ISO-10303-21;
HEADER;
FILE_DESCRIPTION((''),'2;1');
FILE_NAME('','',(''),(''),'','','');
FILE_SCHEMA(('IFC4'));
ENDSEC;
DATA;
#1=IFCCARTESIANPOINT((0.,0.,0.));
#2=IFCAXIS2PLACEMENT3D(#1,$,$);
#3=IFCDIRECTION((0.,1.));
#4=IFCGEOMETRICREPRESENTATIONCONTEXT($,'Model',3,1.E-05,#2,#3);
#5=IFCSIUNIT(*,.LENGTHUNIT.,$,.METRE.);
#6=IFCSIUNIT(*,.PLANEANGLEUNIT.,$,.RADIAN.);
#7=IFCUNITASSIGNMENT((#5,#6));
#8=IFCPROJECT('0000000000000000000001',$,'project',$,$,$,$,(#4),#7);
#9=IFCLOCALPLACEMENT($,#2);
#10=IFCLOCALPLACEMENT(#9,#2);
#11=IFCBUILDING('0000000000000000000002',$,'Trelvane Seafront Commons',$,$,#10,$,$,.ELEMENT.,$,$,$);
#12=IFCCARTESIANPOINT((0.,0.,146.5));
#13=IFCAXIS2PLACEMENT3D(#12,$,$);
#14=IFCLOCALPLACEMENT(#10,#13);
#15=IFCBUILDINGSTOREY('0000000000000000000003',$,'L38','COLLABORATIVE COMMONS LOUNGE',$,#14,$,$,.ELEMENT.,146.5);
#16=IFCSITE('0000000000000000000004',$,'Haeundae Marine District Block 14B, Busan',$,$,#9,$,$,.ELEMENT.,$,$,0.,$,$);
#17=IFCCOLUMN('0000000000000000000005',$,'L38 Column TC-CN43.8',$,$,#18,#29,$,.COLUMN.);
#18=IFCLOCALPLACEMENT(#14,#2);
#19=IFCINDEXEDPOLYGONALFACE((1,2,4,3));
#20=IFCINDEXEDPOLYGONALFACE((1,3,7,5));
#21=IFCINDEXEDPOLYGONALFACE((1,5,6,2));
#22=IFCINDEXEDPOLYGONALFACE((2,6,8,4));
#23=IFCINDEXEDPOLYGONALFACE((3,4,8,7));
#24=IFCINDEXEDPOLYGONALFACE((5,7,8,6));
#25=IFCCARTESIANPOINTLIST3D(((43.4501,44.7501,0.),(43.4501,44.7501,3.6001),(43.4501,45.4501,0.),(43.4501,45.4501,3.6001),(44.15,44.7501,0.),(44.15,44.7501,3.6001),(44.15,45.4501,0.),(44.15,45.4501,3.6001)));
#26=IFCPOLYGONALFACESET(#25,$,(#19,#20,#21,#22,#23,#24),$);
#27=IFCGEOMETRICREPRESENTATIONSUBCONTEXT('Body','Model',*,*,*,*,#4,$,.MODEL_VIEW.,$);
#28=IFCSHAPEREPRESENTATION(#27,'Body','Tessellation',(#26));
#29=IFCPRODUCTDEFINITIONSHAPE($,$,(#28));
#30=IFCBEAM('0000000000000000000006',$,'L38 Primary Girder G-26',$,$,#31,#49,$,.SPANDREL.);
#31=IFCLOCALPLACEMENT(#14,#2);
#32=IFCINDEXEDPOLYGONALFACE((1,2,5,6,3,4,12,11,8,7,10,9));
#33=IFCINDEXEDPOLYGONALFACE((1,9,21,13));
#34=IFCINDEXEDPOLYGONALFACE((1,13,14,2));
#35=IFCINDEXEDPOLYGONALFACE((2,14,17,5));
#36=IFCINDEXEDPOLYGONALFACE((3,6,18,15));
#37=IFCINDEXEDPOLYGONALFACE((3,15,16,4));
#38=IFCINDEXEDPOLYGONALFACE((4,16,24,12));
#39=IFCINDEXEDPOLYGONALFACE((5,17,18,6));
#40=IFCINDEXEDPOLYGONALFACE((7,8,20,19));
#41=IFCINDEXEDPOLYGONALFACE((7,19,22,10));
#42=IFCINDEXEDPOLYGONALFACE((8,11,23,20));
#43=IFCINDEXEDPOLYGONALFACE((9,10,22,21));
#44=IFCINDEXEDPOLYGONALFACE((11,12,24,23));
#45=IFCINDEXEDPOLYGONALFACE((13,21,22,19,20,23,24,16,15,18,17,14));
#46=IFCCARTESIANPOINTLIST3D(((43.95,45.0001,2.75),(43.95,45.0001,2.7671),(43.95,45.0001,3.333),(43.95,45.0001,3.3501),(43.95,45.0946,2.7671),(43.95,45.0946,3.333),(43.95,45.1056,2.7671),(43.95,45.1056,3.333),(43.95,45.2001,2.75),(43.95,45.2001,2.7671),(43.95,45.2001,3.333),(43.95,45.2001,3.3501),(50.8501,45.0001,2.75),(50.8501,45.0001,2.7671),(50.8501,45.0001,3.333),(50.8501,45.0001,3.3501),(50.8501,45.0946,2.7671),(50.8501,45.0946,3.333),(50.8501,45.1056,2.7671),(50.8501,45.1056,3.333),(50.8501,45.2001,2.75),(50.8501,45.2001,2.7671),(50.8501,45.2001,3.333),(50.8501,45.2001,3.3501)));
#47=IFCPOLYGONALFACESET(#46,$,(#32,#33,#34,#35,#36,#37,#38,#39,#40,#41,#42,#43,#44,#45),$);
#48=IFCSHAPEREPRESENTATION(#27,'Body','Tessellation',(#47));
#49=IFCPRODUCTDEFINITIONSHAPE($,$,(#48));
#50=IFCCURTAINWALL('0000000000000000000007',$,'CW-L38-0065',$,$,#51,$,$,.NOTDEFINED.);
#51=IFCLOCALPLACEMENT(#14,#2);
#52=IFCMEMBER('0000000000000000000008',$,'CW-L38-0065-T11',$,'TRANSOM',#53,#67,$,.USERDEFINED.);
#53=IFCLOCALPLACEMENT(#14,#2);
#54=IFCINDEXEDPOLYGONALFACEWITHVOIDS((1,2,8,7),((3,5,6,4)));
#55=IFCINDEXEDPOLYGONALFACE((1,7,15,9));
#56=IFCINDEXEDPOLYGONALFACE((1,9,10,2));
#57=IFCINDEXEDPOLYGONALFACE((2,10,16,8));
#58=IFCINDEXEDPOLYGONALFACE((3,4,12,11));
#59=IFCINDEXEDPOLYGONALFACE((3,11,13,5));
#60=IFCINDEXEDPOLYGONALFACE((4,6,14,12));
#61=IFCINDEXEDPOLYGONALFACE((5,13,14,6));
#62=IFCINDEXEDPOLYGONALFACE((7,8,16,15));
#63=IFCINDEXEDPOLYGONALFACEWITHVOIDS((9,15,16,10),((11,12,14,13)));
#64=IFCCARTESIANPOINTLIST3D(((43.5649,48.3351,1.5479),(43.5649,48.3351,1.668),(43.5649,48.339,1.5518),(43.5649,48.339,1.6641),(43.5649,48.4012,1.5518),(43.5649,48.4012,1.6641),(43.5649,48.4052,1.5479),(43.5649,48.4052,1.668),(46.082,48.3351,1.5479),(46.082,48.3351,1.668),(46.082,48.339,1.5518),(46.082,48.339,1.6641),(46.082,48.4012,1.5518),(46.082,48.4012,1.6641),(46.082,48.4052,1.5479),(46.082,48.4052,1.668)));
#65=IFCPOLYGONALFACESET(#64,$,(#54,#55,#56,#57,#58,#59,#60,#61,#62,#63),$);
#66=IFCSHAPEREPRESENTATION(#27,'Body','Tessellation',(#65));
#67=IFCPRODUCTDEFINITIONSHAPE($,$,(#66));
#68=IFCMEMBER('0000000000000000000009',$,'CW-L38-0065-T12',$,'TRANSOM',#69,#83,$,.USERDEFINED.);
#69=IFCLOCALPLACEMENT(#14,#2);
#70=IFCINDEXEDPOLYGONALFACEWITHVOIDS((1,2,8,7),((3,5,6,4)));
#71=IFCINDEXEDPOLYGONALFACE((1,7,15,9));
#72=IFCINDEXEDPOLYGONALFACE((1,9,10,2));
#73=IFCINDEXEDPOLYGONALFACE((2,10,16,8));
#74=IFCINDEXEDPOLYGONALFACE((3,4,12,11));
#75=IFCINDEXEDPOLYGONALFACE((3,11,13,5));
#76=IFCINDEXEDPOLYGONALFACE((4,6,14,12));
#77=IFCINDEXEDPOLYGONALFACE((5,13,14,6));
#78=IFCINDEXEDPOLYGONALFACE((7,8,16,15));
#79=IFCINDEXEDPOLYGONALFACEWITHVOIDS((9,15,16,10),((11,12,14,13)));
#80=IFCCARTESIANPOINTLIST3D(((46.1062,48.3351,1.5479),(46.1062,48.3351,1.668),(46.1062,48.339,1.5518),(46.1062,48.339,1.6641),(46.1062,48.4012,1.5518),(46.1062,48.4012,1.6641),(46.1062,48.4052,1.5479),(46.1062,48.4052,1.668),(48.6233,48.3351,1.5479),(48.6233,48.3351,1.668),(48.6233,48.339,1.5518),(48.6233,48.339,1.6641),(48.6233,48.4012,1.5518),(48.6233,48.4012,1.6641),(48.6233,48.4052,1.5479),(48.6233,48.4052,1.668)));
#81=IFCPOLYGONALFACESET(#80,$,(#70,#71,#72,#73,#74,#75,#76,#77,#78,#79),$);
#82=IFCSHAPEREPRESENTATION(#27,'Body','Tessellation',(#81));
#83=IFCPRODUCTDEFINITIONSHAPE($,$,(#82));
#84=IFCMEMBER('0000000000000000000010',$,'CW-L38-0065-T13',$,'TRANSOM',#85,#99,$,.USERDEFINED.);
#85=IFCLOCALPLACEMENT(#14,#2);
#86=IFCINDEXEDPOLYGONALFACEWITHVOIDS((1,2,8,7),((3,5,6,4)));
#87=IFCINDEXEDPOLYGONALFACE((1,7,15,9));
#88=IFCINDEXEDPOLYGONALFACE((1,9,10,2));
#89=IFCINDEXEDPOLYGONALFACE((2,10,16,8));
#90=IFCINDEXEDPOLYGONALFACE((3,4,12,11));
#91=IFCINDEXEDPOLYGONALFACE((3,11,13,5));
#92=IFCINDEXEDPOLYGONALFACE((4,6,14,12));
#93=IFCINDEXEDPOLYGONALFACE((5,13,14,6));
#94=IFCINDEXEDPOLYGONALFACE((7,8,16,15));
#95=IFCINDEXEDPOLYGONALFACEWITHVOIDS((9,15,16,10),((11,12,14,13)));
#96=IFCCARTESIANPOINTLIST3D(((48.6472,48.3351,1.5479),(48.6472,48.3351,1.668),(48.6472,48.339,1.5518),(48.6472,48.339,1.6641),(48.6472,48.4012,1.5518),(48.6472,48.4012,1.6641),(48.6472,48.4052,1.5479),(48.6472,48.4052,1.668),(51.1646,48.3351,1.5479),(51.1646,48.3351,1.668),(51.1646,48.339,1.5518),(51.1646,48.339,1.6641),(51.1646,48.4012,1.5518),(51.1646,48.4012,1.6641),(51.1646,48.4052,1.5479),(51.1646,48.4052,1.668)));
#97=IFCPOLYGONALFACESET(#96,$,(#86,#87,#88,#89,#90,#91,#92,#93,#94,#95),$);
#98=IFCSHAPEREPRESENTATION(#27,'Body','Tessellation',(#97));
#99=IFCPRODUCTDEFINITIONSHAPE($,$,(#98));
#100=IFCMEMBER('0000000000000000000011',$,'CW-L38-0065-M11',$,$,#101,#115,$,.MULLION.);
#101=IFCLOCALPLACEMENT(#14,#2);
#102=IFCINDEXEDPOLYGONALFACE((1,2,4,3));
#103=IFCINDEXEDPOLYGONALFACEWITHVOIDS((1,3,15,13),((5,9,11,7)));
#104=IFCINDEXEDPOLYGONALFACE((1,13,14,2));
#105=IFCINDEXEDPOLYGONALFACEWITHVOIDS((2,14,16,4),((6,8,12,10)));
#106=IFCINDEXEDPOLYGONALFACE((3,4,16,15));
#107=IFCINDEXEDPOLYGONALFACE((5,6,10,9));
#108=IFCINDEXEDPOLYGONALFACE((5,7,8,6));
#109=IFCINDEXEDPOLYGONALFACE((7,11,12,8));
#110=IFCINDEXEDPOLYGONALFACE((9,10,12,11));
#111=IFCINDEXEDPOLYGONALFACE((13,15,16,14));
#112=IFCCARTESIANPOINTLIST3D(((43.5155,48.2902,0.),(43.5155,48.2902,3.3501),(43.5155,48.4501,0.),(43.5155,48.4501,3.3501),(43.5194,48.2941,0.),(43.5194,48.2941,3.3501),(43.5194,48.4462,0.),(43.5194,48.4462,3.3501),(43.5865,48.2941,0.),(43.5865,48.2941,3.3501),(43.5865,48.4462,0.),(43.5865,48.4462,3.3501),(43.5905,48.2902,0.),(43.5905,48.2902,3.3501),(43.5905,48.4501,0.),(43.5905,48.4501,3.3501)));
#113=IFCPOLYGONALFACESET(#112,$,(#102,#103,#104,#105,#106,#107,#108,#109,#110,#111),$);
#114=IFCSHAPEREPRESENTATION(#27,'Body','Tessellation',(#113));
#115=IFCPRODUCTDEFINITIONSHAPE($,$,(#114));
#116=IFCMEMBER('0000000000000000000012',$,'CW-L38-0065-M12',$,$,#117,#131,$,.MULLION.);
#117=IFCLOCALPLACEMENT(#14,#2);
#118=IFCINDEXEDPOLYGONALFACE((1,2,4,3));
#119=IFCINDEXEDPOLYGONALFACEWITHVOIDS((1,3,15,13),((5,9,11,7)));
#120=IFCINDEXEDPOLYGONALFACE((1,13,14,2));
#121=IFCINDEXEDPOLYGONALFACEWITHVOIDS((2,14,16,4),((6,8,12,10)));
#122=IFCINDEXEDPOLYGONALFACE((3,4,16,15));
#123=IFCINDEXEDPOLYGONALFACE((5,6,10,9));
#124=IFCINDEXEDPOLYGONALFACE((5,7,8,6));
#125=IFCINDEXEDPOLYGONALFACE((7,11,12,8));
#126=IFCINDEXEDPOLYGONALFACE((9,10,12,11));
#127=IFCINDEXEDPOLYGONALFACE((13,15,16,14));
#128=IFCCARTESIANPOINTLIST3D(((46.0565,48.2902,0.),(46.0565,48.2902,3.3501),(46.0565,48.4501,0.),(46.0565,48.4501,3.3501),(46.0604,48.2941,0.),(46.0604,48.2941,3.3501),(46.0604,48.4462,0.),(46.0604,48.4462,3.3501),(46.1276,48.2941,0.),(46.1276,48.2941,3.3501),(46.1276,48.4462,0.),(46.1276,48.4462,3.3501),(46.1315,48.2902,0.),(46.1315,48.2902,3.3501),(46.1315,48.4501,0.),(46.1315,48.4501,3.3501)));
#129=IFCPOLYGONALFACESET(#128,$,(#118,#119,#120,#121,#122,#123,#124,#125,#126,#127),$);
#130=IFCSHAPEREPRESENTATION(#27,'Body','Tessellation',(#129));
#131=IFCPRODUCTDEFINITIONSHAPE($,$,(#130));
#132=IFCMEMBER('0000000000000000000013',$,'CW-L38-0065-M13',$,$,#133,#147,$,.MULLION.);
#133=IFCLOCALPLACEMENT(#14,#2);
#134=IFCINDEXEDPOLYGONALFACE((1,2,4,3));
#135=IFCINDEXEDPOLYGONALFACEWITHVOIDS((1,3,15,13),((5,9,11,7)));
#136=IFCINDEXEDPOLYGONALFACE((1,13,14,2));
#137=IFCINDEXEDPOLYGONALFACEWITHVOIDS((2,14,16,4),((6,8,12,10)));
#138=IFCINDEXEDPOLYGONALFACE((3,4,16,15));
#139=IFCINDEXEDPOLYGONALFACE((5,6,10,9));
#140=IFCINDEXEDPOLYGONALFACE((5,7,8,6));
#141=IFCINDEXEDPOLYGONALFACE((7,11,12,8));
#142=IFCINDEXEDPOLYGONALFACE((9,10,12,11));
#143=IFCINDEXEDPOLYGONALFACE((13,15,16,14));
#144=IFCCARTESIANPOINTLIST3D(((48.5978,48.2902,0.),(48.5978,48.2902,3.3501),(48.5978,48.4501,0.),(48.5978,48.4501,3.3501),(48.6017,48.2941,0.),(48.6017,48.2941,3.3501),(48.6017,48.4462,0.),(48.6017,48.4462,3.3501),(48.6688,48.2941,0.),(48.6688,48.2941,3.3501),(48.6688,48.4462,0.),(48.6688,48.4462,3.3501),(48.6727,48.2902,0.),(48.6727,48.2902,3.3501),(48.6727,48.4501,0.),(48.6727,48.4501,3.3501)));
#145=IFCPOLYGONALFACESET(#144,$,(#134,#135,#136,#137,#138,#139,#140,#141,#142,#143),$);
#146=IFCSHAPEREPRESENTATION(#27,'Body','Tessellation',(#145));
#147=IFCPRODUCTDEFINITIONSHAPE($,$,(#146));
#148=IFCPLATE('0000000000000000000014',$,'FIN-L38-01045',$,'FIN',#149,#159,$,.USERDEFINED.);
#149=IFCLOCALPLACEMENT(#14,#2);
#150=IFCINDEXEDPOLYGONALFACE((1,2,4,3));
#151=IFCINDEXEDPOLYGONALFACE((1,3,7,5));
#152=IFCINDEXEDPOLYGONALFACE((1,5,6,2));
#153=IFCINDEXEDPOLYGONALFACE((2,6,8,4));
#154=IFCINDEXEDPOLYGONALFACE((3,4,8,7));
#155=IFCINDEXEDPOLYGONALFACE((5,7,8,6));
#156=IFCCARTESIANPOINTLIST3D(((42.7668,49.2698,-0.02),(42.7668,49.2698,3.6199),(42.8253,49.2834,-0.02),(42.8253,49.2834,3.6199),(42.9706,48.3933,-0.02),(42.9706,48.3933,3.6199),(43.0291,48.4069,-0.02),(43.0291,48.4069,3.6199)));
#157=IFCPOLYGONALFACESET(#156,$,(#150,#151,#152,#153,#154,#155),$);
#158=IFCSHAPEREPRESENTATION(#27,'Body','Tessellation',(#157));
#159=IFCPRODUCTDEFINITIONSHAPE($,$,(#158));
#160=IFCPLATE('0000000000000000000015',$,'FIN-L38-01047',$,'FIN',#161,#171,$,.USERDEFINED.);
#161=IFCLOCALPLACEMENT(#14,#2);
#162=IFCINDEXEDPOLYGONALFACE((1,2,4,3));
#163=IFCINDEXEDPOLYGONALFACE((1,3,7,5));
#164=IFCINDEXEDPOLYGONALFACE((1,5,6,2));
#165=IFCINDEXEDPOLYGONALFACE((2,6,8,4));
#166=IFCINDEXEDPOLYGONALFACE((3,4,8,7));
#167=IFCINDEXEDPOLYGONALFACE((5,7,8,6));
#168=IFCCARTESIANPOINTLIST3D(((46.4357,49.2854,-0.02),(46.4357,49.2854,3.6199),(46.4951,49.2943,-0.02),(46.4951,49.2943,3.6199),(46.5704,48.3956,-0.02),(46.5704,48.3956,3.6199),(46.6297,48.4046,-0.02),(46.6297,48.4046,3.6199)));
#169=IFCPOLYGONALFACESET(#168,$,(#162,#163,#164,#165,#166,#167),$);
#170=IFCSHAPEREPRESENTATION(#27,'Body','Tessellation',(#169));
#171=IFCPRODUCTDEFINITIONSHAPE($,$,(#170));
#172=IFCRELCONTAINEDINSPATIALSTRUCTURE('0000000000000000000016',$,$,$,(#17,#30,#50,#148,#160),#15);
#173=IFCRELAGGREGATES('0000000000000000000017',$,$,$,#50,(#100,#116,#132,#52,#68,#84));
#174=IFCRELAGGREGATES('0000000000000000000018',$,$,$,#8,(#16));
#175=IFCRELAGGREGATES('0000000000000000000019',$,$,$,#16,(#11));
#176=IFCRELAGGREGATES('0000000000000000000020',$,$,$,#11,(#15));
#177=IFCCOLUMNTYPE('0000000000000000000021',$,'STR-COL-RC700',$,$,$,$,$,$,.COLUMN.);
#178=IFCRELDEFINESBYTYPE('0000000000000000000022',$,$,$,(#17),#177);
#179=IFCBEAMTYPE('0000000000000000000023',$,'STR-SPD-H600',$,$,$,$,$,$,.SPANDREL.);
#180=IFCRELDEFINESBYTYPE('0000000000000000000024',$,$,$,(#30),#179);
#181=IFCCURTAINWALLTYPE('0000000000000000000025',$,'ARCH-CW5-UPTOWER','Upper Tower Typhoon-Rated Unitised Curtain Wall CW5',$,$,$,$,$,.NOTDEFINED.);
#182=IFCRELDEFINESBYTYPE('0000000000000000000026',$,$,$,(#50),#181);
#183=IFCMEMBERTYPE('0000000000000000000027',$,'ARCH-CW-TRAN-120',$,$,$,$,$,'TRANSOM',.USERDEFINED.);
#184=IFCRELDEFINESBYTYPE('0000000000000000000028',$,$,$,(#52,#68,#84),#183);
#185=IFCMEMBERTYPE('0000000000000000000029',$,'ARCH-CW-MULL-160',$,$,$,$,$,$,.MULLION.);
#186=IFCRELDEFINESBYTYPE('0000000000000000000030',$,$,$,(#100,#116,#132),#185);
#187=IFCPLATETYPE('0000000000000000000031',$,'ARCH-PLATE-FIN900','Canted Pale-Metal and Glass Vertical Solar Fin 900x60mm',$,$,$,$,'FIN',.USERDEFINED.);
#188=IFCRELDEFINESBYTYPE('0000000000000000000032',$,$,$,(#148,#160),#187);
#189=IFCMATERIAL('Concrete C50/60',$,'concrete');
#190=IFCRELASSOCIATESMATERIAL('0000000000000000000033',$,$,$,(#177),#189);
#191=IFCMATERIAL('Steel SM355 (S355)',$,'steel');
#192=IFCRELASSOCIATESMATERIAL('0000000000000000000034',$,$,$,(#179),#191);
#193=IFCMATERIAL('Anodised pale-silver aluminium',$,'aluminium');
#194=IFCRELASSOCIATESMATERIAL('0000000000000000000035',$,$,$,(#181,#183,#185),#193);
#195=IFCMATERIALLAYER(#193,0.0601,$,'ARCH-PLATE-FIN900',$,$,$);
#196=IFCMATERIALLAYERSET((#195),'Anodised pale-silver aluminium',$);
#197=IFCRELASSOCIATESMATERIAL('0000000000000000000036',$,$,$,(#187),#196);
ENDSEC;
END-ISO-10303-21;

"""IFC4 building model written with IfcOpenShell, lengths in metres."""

from ifc_helpers import new_model, si_unit, direction, frame, origin, origin_2d, place, context, subcontext, project, spatial, rectangle, hollow_rectangle, i_section, extrude, source, transform, mapped, material, layer, layer_set, material_profile, profile_set, type_object, element, aggregate, save


model = new_model("IFC4")

# Units and contexts
model_context = context("Model", 3, precision=1e-05, world=origin(), true_north=direction((0.0, 1.0)))
body_context = subcontext(model_context, "Body", "Model", "MODEL_VIEW")
ifc_project = project(units=[si_unit("LENGTHUNIT", "METRE"), si_unit("PLANEANGLEUNIT", "RADIAN")], contexts=[model_context])

# Site, building, storey
site_placement = place(None, origin())
site = spatial("IfcSite", under=ifc_project, at=site_placement, Name="Haeundae Marine District Block 14B, Busan", CompositionType="ELEMENT", RefElevation=0.0)
building_placement = place(site_placement, origin())
building = spatial("IfcBuilding", under=site, at=building_placement, Name="Trelvane Seafront Commons", CompositionType="ELEMENT")
storey_placement = place(building_placement, frame((0.0, 0.0, 146.5)))
storey = spatial("IfcBuildingStorey", under=building, at=storey_placement, Name="L38", Description="COLLABORATIVE COMMONS LOUNGE", CompositionType="ELEMENT", Elevation=146.5)

# Column
ifc_material_1 = material(Name="Concrete C50/60", Category="concrete")
ifc_material_profile_1 = material_profile(ifc_material_1, rectangle(XDim=0.7, YDim=0.7, at=origin_2d()), Name="RC-700x700")
ifc_profile_set_1 = profile_set([ifc_material_profile_1], Name="Concrete C50/60")
column_type = type_object("IfcColumnType", Name="STR-COL-RC700", PredefinedType="COLUMN", material=ifc_profile_set_1)
shared_shape_1 = source(origin(), body_context, "Body", "SweptSolid", [
    extrude(rectangle(XDim=0.7, YDim=0.7, at=origin_2d()), origin(), (0.0, 0.0, 1.0), 3.6001),
])
column_placement = place(storey_placement, frame((43.8, 45.1001, 0.0), z_axis=(0.0, 0.0, 1.0), x_axis=(1.0, 0.0, 0.0)))
element("IfcColumn", 1, at=column_placement, inside=storey, type_object=column_type, Name="L38 Column TC-CN43.8", PredefinedType="COLUMN", context=body_context, shape_type="MappedRepresentation", body=[
    mapped(shared_shape_1, transform((0.0, 0.0, 0.0), x_axis=(1.0, 0.0, 0.0), y_axis=(0.0, 1.0, 0.0), z_axis=(0.0, 0.0, 1.0), scale=1.0)),
])

# Beam
ifc_material_2 = material(Name="Steel SM355 (S355)", Category="steel")
ifc_material_profile_2 = material_profile(ifc_material_2, i_section(OverallWidth=0.2, OverallDepth=0.6001, WebThickness=0.011, FlangeThickness=0.0171, at=origin_2d()), Name="H-600x200x11x17")
ifc_profile_set_2 = profile_set([ifc_material_profile_2], Name="Steel SM355 (S355)")
beam_type = type_object("IfcBeamType", Name="STR-SPD-H600", PredefinedType="SPANDREL", material=ifc_profile_set_2)
shared_shape_2 = source(origin(), body_context, "Body", "SweptSolid", [
    extrude(i_section(OverallWidth=0.2, OverallDepth=0.6001, WebThickness=0.011, FlangeThickness=0.0171, at=origin_2d()), origin(), (0.0, 0.0, 1.0), 6.9001),
])
beam_placement = place(storey_placement, frame((43.95, 45.1001, 3.05), z_axis=(1.0, 0.0, 0.0), x_axis=(0.0, 1.0, 0.0)))
element("IfcBeam", 2, at=beam_placement, inside=storey, type_object=beam_type, Name="L38 Primary Girder G-26", PredefinedType="SPANDREL", context=body_context, shape_type="MappedRepresentation", body=[
    mapped(shared_shape_2, transform((0.0, 0.0, 0.0), x_axis=(1.0, 0.0, 0.0), y_axis=(0.0, 1.0, 0.0), z_axis=(0.0, 0.0, 1.0), scale=1.0)),
])

# Curtain wall, members
ifc_material_3 = material(Name="Anodised pale-silver aluminium", Category="aluminium")
curtain_wall_type = type_object("IfcCurtainWallType", Name="ARCH-CW5-UPTOWER", Description="Upper Tower Typhoon-Rated Unitised Curtain Wall CW5", PredefinedType="NOTDEFINED", material=ifc_material_3)
curtain_wall_placement = place(storey_placement, origin())
curtain_wall = element("IfcCurtainWall", 3, at=curtain_wall_placement, inside=storey, type_object=curtain_wall_type, Name="CW-L38-0065", PredefinedType="NOTDEFINED")
ifc_material_profile_3 = material_profile(ifc_material_3, hollow_rectangle(XDim=0.0701, YDim=0.1201, WallThickness=0.0039, at=origin_2d()), Name="TRAN-70x120x4")
ifc_profile_set_3 = profile_set([ifc_material_profile_3], Name="Anodised pale-silver aluminium")
member_type_1 = type_object("IfcMemberType", Name="ARCH-CW-TRAN-120", ElementType="TRANSOM", PredefinedType="USERDEFINED", material=ifc_profile_set_3)
shared_shape_3 = source(origin(), body_context, "Body", "SweptSolid", [
    extrude(hollow_rectangle(XDim=0.0701, YDim=0.1201, WallThickness=0.0039, at=origin_2d()), origin(), (0.0, 0.0, 1.0), 2.5171),
])
member_1_placement = place(storey_placement, frame((43.5649, 48.3701, 1.6079), z_axis=(1.0, 0.0, 0.0), x_axis=(0.0, 1.0, 0.0)))
member_1 = element("IfcMember", 4, at=member_1_placement, type_object=member_type_1, Name="CW-L38-0065-T11", ObjectType="TRANSOM", PredefinedType="USERDEFINED", context=body_context, shape_type="MappedRepresentation", body=[
    mapped(shared_shape_3, transform((0.0, 0.0, 0.0), x_axis=(1.0, 0.0, 0.0), y_axis=(0.0, 1.0, 0.0), z_axis=(0.0, 0.0, 1.0), scale=1.0)),
])
member_2_placement = place(storey_placement, frame((46.1062, 48.3701, 1.6079), z_axis=(1.0, 0.0, 0.0), x_axis=(0.0, 1.0, 0.0)))
member_2 = element("IfcMember", 5, at=member_2_placement, type_object=member_type_1, Name="CW-L38-0065-T12", ObjectType="TRANSOM", PredefinedType="USERDEFINED", context=body_context, shape_type="MappedRepresentation", body=[
    mapped(shared_shape_3, transform((0.0, 0.0, 0.0), x_axis=(1.0, 0.0, 0.0), y_axis=(0.0, 1.0, 0.0), z_axis=(0.0, 0.0, 1.0), scale=1.0)),
])
shared_shape_4 = source(origin(), body_context, "Body", "SweptSolid", [
    extrude(hollow_rectangle(XDim=0.0701, YDim=0.1201, WallThickness=0.0039, at=origin_2d()), origin(), (0.0, 0.0, 1.0), 2.5173),
])
member_3_placement = place(storey_placement, frame((48.6472, 48.3701, 1.6079), z_axis=(1.0, 0.0, 0.0), x_axis=(0.0, 1.0, 0.0)))
member_3 = element("IfcMember", 6, at=member_3_placement, type_object=member_type_1, Name="CW-L38-0065-T13", ObjectType="TRANSOM", PredefinedType="USERDEFINED", context=body_context, shape_type="MappedRepresentation", body=[
    mapped(shared_shape_4, transform((0.0, 0.0, 0.0), x_axis=(1.0, 0.0, 0.0), y_axis=(0.0, 1.0, 0.0), z_axis=(0.0, 0.0, 1.0), scale=1.0)),
])
ifc_material_profile_4 = material_profile(ifc_material_3, hollow_rectangle(XDim=0.075, YDim=0.1599, WallThickness=0.0039, at=origin_2d()), Name="MULL-75x160x4")
ifc_profile_set_4 = profile_set([ifc_material_profile_4], Name="Anodised pale-silver aluminium")
member_type_2 = type_object("IfcMemberType", Name="ARCH-CW-MULL-160", PredefinedType="MULLION", material=ifc_profile_set_4)
shared_shape_5 = source(origin(), body_context, "Body", "SweptSolid", [
    extrude(hollow_rectangle(XDim=0.075, YDim=0.1599, WallThickness=0.0039, at=origin_2d()), origin(), (0.0, 0.0, 1.0), 3.3501),
])
member_4_placement = place(storey_placement, frame((43.553, 48.3701, 0.0), z_axis=(0.0, 0.0, 1.0), x_axis=(1.0, 0.0, 0.0)))
member_4 = element("IfcMember", 7, at=member_4_placement, type_object=member_type_2, Name="CW-L38-0065-M11", PredefinedType="MULLION", context=body_context, shape_type="MappedRepresentation", body=[
    mapped(shared_shape_5, transform((0.0, 0.0, 0.0), x_axis=(1.0, 0.0, 0.0), y_axis=(0.0, 1.0, 0.0), z_axis=(0.0, 0.0, 1.0), scale=1.0)),
])
member_5_placement = place(storey_placement, frame((46.094, 48.3701, 0.0), z_axis=(0.0, 0.0, 1.0), x_axis=(1.0, 0.0, 0.0)))
member_5 = element("IfcMember", 8, at=member_5_placement, type_object=member_type_2, Name="CW-L38-0065-M12", PredefinedType="MULLION", context=body_context, shape_type="MappedRepresentation", body=[
    mapped(shared_shape_5, transform((0.0, 0.0, 0.0), x_axis=(1.0, 0.0, 0.0), y_axis=(0.0, 1.0, 0.0), z_axis=(0.0, 0.0, 1.0), scale=1.0)),
])
member_6_placement = place(storey_placement, frame((48.6353, 48.3701, 0.0), z_axis=(0.0, 0.0, 1.0), x_axis=(1.0, 0.0, 0.0)))
member_6 = element("IfcMember", 9, at=member_6_placement, type_object=member_type_2, Name="CW-L38-0065-M13", PredefinedType="MULLION", context=body_context, shape_type="MappedRepresentation", body=[
    mapped(shared_shape_5, transform((0.0, 0.0, 0.0), x_axis=(1.0, 0.0, 0.0), y_axis=(0.0, 1.0, 0.0), z_axis=(0.0, 0.0, 1.0), scale=1.0)),
])

# Plates
ifc_layer_1 = layer(ifc_material_3, 0.0601, Name="ARCH-PLATE-FIN900")
ifc_layer_set_1 = layer_set([ifc_layer_1], Name="Anodised pale-silver aluminium")
plate_type_1 = type_object("IfcPlateType", Name="ARCH-PLATE-FIN900", Description="Canted Pale-Metal and Glass Vertical Solar Fin 900x60mm", ElementType="FIN", PredefinedType="USERDEFINED", material=ifc_layer_set_1)
shared_shape_6 = source(origin(), body_context, "Body", "SweptSolid", [
    extrude(rectangle(XDim=0.8999, YDim=0.0601, at=origin_2d()), origin(), (0.0, 0.0, 1.0), 3.6399),
])
for number, where, z_axis, x_axis, name in (
    (10, (42.8979, 48.8384, -0.02), (0.0, 0.0, 1.0), (-0.226554, 0.973999, 0.0), "FIN-L38-01045"),
    (11, (46.5327, 48.845, -0.02), (0.0, 0.0, 1.0), (-0.149661, 0.988737, 0.0), "FIN-L38-01047"),
):
    element("IfcPlate", number, at=place(storey_placement, frame(where, z_axis=z_axis, x_axis=x_axis)), inside=storey, type_object=plate_type_1, Name=name, ObjectType="FIN", PredefinedType="USERDEFINED", context=body_context, shape_type="MappedRepresentation", body=[
        mapped(shared_shape_6, transform((0.0, 0.0, 0.0), x_axis=(1.0, 0.0, 0.0), y_axis=(0.0, 1.0, 0.0), z_axis=(0.0, 0.0, 1.0), scale=1.0)),
    ])

aggregate(curtain_wall, [member_4, member_5, member_6, member_1, member_2, member_3])

save(model, "model.ifc")
